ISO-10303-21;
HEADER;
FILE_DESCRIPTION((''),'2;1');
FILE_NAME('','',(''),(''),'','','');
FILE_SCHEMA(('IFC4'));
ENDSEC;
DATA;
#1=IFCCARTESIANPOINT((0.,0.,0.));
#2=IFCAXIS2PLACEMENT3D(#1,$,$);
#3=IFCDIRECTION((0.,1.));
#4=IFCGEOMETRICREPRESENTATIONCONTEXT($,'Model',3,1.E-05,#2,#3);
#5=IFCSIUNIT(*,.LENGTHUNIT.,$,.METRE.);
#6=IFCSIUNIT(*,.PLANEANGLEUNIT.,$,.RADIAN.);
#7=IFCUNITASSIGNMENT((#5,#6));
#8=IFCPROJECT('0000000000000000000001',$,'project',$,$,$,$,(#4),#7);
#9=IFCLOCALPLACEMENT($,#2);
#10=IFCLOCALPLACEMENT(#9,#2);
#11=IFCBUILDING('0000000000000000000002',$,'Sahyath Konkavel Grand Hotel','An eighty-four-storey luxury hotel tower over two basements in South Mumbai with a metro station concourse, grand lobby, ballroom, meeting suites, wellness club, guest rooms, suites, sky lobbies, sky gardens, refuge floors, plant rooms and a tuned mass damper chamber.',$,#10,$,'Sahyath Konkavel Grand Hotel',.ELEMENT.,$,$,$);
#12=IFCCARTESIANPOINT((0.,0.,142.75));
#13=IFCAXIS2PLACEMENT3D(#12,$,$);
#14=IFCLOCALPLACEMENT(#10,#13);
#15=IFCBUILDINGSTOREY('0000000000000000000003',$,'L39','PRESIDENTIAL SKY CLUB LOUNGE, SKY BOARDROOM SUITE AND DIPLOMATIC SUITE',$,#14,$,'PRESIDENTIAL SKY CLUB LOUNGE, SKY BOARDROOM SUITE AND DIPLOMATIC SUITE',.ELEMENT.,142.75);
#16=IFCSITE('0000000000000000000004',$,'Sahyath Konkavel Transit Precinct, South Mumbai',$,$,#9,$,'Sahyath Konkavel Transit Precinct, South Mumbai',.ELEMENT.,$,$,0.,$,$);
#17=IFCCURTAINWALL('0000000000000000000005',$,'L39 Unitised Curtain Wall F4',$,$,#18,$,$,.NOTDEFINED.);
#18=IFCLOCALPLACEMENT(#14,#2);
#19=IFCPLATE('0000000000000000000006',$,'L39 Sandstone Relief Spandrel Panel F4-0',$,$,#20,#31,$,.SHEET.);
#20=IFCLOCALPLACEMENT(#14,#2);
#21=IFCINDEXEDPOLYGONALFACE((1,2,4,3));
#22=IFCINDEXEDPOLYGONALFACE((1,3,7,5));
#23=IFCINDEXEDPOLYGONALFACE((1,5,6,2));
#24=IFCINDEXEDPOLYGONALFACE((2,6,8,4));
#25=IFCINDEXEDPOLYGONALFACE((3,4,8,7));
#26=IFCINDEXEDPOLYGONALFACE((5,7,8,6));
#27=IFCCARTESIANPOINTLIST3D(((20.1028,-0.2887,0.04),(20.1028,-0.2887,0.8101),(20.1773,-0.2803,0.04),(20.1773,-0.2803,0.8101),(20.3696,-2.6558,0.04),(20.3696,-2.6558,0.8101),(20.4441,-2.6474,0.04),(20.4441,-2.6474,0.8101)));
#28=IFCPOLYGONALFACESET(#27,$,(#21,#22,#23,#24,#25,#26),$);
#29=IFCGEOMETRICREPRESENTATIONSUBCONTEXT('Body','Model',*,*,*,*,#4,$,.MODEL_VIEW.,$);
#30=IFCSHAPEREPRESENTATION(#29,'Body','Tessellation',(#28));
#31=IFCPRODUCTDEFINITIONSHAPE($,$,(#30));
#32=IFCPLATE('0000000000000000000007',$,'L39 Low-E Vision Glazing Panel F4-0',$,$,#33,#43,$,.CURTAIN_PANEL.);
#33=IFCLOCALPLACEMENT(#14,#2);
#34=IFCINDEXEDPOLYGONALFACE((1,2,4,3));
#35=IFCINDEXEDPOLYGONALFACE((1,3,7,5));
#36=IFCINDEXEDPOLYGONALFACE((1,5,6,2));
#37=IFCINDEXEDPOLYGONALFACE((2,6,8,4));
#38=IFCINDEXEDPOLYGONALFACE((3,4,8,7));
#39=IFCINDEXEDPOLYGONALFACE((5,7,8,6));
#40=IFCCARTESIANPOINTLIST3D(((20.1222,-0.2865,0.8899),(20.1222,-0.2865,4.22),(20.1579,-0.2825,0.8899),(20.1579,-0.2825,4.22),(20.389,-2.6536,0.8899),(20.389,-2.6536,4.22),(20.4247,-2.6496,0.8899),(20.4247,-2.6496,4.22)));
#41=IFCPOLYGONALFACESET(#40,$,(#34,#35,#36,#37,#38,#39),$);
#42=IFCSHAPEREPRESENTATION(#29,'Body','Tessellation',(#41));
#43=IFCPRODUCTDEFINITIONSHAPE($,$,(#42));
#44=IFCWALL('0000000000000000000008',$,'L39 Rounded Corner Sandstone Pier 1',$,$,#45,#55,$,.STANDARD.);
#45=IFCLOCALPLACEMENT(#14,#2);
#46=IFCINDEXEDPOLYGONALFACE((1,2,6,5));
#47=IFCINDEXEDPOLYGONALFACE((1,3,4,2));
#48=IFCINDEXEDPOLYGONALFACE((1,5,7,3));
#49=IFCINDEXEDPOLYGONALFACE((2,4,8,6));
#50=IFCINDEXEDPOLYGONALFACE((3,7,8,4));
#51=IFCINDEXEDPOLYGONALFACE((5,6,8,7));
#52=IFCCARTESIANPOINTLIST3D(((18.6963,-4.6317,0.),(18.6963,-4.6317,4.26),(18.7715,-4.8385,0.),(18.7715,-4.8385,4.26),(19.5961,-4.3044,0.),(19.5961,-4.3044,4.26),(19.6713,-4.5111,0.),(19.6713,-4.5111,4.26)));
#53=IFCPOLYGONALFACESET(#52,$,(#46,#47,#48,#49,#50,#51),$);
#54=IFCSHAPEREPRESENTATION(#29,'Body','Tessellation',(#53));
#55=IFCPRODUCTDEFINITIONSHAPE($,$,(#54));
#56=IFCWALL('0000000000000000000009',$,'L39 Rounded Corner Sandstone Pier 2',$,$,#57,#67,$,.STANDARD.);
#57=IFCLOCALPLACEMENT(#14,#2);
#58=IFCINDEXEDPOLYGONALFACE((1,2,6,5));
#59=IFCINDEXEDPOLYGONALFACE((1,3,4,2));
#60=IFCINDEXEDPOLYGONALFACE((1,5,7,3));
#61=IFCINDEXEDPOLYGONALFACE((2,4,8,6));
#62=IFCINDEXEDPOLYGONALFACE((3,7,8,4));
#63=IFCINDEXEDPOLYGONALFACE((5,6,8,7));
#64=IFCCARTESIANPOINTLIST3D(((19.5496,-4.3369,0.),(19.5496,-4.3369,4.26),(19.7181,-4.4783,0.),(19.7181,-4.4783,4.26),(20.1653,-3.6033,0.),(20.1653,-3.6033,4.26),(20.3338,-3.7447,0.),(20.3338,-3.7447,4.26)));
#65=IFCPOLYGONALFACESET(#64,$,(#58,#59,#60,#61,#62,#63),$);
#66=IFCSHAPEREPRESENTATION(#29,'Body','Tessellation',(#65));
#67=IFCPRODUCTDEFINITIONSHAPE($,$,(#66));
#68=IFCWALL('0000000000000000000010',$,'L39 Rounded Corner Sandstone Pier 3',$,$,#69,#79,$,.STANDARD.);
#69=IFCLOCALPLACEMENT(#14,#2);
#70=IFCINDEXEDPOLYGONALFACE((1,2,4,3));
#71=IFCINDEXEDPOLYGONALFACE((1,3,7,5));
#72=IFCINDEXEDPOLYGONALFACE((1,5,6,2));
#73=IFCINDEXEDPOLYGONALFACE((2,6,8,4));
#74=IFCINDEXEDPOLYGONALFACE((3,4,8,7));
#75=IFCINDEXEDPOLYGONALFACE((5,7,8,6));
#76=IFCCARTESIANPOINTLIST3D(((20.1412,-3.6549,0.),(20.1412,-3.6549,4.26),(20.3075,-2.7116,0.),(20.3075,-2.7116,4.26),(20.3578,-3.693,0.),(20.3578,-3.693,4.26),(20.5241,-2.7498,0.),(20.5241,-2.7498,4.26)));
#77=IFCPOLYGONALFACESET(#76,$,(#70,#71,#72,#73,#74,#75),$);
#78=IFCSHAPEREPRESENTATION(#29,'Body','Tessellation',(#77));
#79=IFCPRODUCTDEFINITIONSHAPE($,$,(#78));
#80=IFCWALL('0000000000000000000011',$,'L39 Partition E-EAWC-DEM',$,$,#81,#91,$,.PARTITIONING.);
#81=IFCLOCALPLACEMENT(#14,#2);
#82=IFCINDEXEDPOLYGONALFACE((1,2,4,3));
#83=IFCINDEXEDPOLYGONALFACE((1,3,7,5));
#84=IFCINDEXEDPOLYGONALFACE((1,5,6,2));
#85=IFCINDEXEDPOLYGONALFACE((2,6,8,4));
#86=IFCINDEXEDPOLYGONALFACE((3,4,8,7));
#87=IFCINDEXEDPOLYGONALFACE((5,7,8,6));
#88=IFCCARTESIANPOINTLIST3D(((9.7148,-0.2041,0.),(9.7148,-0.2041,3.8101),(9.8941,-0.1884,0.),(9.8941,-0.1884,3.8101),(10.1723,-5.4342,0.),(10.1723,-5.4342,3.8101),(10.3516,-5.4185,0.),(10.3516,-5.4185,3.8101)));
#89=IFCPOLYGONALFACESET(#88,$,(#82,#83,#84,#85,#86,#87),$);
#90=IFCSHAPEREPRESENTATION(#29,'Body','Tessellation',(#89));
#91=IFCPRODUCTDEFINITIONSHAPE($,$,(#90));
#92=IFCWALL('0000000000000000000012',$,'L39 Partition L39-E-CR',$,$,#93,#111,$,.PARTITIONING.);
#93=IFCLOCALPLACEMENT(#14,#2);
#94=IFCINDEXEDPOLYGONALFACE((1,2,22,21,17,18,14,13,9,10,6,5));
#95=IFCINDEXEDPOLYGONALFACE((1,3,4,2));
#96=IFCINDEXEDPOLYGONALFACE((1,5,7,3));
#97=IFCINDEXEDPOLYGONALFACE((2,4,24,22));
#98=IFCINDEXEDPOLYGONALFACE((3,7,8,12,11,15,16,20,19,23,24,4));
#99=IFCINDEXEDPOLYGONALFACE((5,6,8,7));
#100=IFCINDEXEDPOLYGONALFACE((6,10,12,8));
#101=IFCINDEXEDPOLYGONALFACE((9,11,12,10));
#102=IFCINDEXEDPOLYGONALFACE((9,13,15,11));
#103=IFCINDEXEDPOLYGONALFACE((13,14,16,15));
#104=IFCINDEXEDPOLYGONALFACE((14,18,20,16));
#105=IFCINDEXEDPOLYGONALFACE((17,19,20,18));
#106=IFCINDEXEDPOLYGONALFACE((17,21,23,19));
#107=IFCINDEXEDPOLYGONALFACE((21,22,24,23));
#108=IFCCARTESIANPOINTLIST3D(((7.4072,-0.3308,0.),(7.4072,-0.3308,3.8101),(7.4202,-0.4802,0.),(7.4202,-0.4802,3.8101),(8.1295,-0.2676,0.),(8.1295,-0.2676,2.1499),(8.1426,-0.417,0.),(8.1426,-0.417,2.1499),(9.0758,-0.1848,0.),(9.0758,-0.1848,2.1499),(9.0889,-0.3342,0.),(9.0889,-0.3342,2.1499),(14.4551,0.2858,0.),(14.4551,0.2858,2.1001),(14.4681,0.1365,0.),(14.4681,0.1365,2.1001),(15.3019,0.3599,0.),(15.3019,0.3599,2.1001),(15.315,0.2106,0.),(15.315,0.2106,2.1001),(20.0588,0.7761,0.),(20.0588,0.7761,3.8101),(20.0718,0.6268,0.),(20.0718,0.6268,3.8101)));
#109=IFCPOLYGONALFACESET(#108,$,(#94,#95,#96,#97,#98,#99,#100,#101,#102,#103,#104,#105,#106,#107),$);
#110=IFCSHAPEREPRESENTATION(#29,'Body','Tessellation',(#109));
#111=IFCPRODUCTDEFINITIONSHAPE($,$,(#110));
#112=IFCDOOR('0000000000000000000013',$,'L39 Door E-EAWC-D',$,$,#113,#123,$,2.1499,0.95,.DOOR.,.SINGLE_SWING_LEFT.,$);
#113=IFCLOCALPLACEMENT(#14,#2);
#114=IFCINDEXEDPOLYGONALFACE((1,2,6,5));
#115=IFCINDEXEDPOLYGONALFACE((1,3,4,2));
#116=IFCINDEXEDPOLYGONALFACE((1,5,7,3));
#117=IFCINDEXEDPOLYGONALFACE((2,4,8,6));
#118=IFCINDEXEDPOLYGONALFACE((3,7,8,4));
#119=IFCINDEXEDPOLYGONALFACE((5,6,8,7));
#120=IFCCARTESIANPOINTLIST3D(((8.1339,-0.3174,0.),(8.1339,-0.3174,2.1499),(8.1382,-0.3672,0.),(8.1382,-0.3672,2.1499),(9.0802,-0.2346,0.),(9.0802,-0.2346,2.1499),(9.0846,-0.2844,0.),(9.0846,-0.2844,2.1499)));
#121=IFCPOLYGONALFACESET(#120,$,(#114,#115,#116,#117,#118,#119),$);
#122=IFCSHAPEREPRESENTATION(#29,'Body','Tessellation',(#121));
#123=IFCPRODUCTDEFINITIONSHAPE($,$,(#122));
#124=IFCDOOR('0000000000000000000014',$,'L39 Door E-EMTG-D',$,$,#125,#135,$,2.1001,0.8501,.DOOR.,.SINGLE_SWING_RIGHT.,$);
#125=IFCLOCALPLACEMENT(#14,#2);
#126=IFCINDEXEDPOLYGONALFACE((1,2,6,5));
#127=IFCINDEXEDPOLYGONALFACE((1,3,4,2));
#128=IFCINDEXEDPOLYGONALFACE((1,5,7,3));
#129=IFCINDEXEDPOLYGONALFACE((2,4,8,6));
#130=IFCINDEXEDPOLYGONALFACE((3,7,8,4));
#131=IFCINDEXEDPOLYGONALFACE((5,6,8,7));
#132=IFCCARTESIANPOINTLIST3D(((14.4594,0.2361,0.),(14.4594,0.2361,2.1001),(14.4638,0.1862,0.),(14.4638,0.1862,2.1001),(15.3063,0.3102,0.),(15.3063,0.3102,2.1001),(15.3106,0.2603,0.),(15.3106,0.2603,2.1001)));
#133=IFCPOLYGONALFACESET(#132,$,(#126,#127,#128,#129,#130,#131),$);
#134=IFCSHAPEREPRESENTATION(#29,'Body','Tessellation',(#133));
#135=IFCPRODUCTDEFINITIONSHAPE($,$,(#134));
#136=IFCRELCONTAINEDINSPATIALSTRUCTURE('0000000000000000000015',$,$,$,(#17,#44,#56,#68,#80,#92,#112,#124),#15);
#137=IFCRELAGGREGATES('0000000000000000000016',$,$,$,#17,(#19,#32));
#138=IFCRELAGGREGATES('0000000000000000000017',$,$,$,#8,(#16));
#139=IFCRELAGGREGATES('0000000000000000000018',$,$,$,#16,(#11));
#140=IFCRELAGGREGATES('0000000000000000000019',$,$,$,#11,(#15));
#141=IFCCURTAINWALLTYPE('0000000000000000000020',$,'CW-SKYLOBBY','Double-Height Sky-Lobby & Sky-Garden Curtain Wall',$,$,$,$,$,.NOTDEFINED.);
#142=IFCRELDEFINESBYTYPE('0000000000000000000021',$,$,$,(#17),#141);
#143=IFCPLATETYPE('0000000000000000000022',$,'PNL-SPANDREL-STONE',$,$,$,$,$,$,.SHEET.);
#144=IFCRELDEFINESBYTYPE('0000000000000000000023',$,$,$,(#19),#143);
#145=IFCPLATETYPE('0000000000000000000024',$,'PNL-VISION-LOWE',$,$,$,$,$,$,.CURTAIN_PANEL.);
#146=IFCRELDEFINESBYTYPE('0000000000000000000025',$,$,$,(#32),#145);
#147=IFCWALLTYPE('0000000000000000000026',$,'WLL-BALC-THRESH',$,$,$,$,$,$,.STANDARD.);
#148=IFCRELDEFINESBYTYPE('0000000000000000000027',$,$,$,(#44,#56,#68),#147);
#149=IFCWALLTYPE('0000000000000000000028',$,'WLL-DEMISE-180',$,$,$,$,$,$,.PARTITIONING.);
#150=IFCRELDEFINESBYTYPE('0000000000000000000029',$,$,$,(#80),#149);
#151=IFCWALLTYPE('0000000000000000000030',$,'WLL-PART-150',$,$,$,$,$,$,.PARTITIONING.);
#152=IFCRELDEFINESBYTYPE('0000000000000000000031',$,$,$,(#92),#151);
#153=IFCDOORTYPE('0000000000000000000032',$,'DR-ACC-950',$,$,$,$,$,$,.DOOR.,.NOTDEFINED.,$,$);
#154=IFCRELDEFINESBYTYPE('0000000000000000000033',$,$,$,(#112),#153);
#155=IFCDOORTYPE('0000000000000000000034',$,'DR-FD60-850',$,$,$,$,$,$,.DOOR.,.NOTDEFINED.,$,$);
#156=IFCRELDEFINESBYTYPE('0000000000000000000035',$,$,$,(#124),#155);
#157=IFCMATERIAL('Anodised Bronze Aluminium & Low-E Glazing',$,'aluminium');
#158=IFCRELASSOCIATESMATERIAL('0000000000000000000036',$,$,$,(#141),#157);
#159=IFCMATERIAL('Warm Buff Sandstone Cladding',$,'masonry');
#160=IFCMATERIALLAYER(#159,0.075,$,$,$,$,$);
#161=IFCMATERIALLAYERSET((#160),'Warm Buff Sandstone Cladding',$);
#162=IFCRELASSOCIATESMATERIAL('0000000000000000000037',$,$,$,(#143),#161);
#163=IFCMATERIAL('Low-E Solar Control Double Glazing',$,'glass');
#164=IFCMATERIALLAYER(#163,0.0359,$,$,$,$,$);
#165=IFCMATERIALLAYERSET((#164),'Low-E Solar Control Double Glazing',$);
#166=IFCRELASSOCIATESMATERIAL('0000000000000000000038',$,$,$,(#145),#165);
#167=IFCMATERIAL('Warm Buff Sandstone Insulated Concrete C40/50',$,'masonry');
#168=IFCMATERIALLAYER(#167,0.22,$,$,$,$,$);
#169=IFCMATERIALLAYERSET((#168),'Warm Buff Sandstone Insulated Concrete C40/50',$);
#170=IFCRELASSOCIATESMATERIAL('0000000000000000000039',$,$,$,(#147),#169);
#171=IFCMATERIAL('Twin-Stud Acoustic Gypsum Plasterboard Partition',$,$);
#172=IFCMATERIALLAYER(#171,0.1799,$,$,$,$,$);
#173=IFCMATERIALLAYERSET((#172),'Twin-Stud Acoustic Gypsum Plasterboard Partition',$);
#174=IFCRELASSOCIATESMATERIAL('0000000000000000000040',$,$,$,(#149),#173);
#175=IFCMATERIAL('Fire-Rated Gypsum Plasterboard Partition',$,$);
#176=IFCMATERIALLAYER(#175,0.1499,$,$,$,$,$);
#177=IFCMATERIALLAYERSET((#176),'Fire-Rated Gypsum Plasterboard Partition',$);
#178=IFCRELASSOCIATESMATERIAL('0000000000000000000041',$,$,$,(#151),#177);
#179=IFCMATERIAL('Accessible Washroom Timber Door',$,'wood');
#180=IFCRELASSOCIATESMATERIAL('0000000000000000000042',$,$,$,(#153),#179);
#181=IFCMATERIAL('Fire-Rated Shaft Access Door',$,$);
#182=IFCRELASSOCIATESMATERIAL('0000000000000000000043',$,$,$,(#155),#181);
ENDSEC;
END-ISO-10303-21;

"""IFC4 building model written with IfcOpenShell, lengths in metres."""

from ifc_helpers import new_model, si_unit, direction, frame, frame_2d, origin, origin_2d, place, context, subcontext, project, spatial, rectangle, extrude, source, transform, mapped, material, layer, layer_set, type_object, element, fill, aggregate, save


model = new_model("IFC4")

# Units and contexts
model_context = context("Model", 3, precision=1e-05, world=origin(), true_north=direction((0.0, 1.0)))
body_context = subcontext(model_context, "Body", "Model", "MODEL_VIEW")
ifc_project = project(units=[si_unit("LENGTHUNIT", "METRE"), si_unit("PLANEANGLEUNIT", "RADIAN")], contexts=[model_context])

# Site, building, storey
site_placement = place(None, origin())
site = spatial("IfcSite", under=ifc_project, at=site_placement, Name="Sahyath Konkavel Transit Precinct, South Mumbai", LongName="Sahyath Konkavel Transit Precinct, South Mumbai", CompositionType="ELEMENT", RefElevation=0.0)
building_placement = place(site_placement, origin())
building = spatial("IfcBuilding", under=site, at=building_placement, Name="Sahyath Konkavel Grand Hotel", Description="An eighty-four-storey luxury hotel tower over two basements in South Mumbai with a metro station concourse, grand lobby, ballroom, meeting suites, wellness club, guest rooms, suites, sky lobbies, sky gardens, refuge floors, plant rooms and a tuned mass damper chamber.", LongName="Sahyath Konkavel Grand Hotel", CompositionType="ELEMENT")
storey_placement = place(building_placement, frame((0.0, 0.0, 142.75)))
storey = spatial("IfcBuildingStorey", under=building, at=storey_placement, Name="L39", Description="PRESIDENTIAL SKY CLUB LOUNGE, SKY BOARDROOM SUITE AND DIPLOMATIC SUITE", LongName="PRESIDENTIAL SKY CLUB LOUNGE, SKY BOARDROOM SUITE AND DIPLOMATIC SUITE", CompositionType="ELEMENT", Elevation=142.75)

# Curtain wall
ifc_material_1 = material(Name="Anodised Bronze Aluminium & Low-E Glazing", Category="aluminium")
curtain_wall_type = type_object("IfcCurtainWallType", Name="CW-SKYLOBBY", Description="Double-Height Sky-Lobby & Sky-Garden Curtain Wall", PredefinedType="NOTDEFINED", material=ifc_material_1)
curtain_wall_placement = place(storey_placement, origin())
curtain_wall = element("IfcCurtainWall", 1, at=curtain_wall_placement, inside=storey, type_object=curtain_wall_type, Name="L39 Unitised Curtain Wall F4", PredefinedType="NOTDEFINED")

# Plates
ifc_material_2 = material(Name="Warm Buff Sandstone Cladding", Category="masonry")
ifc_layer_1 = layer(ifc_material_2, 0.075)
ifc_layer_set_1 = layer_set([ifc_layer_1], Name="Warm Buff Sandstone Cladding")
plate_type_1 = type_object("IfcPlateType", Name="PNL-SPANDREL-STONE", PredefinedType="SHEET", material=ifc_layer_set_1)
shared_shape_1 = source(origin(), body_context, "Body", "SweptSolid", [
    extrude(rectangle(XDim=2.3821, YDim=0.075, at=origin_2d()), origin(), (0.0, 0.0, 1.0), 0.77),
])
plate_1_placement = place(storey_placement, frame((20.2734, -1.468, 0.04), z_axis=(0.0, 0.0, 1.0), x_axis=(-0.111989, 0.993709, 0.0)))
plate_1 = element("IfcPlate", 2, at=plate_1_placement, type_object=plate_type_1, Name="L39 Sandstone Relief Spandrel Panel F4-0", PredefinedType="SHEET", context=body_context, shape_type="MappedRepresentation", body=[
    mapped(shared_shape_1, transform((0.0, 0.0, 0.0), scale=1.0)),
])
ifc_material_3 = material(Name="Low-E Solar Control Double Glazing", Category="glass")
ifc_layer_2 = layer(ifc_material_3, 0.0359)
ifc_layer_set_2 = layer_set([ifc_layer_2], Name="Low-E Solar Control Double Glazing")
plate_type_2 = type_object("IfcPlateType", Name="PNL-VISION-LOWE", PredefinedType="CURTAIN_PANEL", material=ifc_layer_set_2)
shared_shape_2 = source(origin(), body_context, "Body", "SweptSolid", [
    extrude(rectangle(XDim=2.3821, YDim=0.0359, at=origin_2d()), origin(), (0.0, 0.0, 1.0), 3.3301),
])
plate_2_placement = place(storey_placement, frame((20.2734, -1.468, 0.8899), z_axis=(0.0, 0.0, 1.0), x_axis=(-0.111989, 0.993709, 0.0)))
plate_2 = element("IfcPlate", 3, at=plate_2_placement, type_object=plate_type_2, Name="L39 Low-E Vision Glazing Panel F4-0", PredefinedType="CURTAIN_PANEL", context=body_context, shape_type="MappedRepresentation", body=[
    mapped(shared_shape_2, transform((0.0, 0.0, 0.0), scale=1.0)),
])
aggregate(curtain_wall, [plate_1, plate_2])

# Walls
ifc_material_4 = material(Name="Warm Buff Sandstone Insulated Concrete C40/50", Category="masonry")
ifc_layer_3 = layer(ifc_material_4, 0.22)
ifc_layer_set_3 = layer_set([ifc_layer_3], Name="Warm Buff Sandstone Insulated Concrete C40/50")
wall_type_1 = type_object("IfcWallType", Name="WLL-BALC-THRESH", PredefinedType="STANDARD", material=ifc_layer_set_3)
wall_1_placement = place(storey_placement, frame((18.7339, -4.7351, 0.0), z_axis=(0.0, 0.0, 1.0), x_axis=(0.939741, 0.341886, 0.0)))
element("IfcWall", 4, at=wall_1_placement, inside=storey, type_object=wall_type_1, Name="L39 Rounded Corner Sandstone Pier 1", PredefinedType="STANDARD", context=body_context, shape_type="SweptSolid", body=[
    extrude(rectangle(XDim=0.9575, YDim=0.22, at=frame_2d((0.4788, 0.0))), origin(), (0.0, 0.0, 1.0), 4.26),
])
for number, where, z_axis, x_axis, name in (
    (5, (19.6338, -4.4077, 0.0), (0.0, 0.0, 1.0), (0.642863, 0.765981, 0.0), "L39 Rounded Corner Sandstone Pier 2"),
    (6, (20.2495, -3.6741, 0.0), (0.0, 0.0, 1.0), (0.173611, 0.984814, 0.0), "L39 Rounded Corner Sandstone Pier 3"),
):
    element("IfcWall", number, at=place(storey_placement, frame(where, z_axis=z_axis, x_axis=x_axis)), inside=storey, type_object=wall_type_1, Name=name, PredefinedType="STANDARD", context=body_context, shape_type="SweptSolid", body=[
        extrude(rectangle(XDim=0.9578, YDim=0.22, at=frame_2d((0.479, 0.0))), origin(), (0.0, 0.0, 1.0), 4.26),
    ])
ifc_material_5 = material(Name="Twin-Stud Acoustic Gypsum Plasterboard Partition")
ifc_layer_4 = layer(ifc_material_5, 0.1799)
ifc_layer_set_4 = layer_set([ifc_layer_4], Name="Twin-Stud Acoustic Gypsum Plasterboard Partition")
wall_type_2 = type_object("IfcWallType", Name="WLL-DEMISE-180", PredefinedType="PARTITIONING", material=ifc_layer_set_4)
wall_2_placement = place(storey_placement, frame((9.8044, -0.1963, 0.0), z_axis=(0.0, 0.0, 1.0), x_axis=(0.087147, -0.996195, 0.0)))
element("IfcWall", 7, at=wall_2_placement, inside=storey, type_object=wall_type_2, Name="L39 Partition E-EAWC-DEM", PredefinedType="PARTITIONING", context=body_context, shape_type="SweptSolid", body=[
    extrude(rectangle(XDim=5.25, YDim=0.1799, at=frame_2d((2.625, 0.0))), origin(), (0.0, 0.0, 1.0), 3.8101),
])

# Wall, openings, doors
ifc_material_6 = material(Name="Fire-Rated Gypsum Plasterboard Partition")
ifc_layer_5 = layer(ifc_material_6, 0.1499)
ifc_layer_set_5 = layer_set([ifc_layer_5], Name="Fire-Rated Gypsum Plasterboard Partition")
wall_type_3 = type_object("IfcWallType", Name="WLL-PART-150", PredefinedType="PARTITIONING", material=ifc_layer_set_5)
wall_3_placement = place(storey_placement, frame((7.4136, -0.4055, 0.0), z_axis=(0.0, 0.0, 1.0), x_axis=(0.996194, 0.087161, 0.0)))
wall_3 = element("IfcWall", 8, at=wall_3_placement, inside=storey, type_object=wall_type_3, Name="L39 Partition L39-E-CR", PredefinedType="PARTITIONING", context=body_context, shape_type="SweptSolid", body=[
    extrude(rectangle(XDim=12.7, YDim=0.1499, at=frame_2d((6.3501, 0.0))), origin(), (0.0, 0.0, 1.0), 3.8101),
])
opening_1_placement = place(wall_3_placement, frame((0.7251, 0.0, 0.0)))
opening_1 = element("IfcOpeningElement", 9, at=opening_1_placement, cuts=wall_3, PredefinedType="OPENING", context=body_context, shape_type="SweptSolid", body=[
    extrude(rectangle(XDim=0.95, YDim=2.1499, at=frame_2d((0.4751, 1.075))), frame((0.0, 0.085, 0.0), z_axis=(0.0, -1.0, 0.0), x_axis=(1.0, 0.0, 0.0)), (0.0, 0.0, 1.0), 0.1699),
])
opening_2_placement = place(wall_3_placement, frame((7.075, 0.0, 0.0)))
opening_2 = element("IfcOpeningElement", 10, at=opening_2_placement, cuts=wall_3, PredefinedType="OPENING", context=body_context, shape_type="SweptSolid", body=[
    extrude(rectangle(XDim=0.8501, YDim=2.1001, at=frame_2d((0.425, 1.05))), frame((0.0, 0.085, 0.0), z_axis=(0.0, -1.0, 0.0), x_axis=(1.0, 0.0, 0.0)), (0.0, 0.0, 1.0), 0.1699),
])
ifc_material_7 = material(Name="Accessible Washroom Timber Door", Category="wood")
door_type_1 = type_object("IfcDoorType", Name="DR-ACC-950", OperationType="NOTDEFINED", PredefinedType="DOOR", material=ifc_material_7)
shared_shape_3 = source(origin(), body_context, "Body", "SweptSolid", [
    extrude(rectangle(XDim=0.95, YDim=0.05, at=origin_2d()), origin(), (0.0, 0.0, 1.0), 2.1499),
])
door_1_placement = place(opening_1_placement, frame((0.4751, 0.0, 0.0)))
door_1 = element("IfcDoor", 11, at=door_1_placement, inside=storey, type_object=door_type_1, Name="L39 Door E-EAWC-D", OperationType="SINGLE_SWING_LEFT", OverallHeight=2.1499, OverallWidth=0.95, PredefinedType="DOOR", context=body_context, shape_type="MappedRepresentation", body=[
    mapped(shared_shape_3, transform((0.0, 0.0, 0.0), scale=1.0)),
])
fill(opening_1, door_1)
ifc_material_8 = material(Name="Fire-Rated Shaft Access Door")
door_type_2 = type_object("IfcDoorType", Name="DR-FD60-850", OperationType="NOTDEFINED", PredefinedType="DOOR", material=ifc_material_8)
shared_shape_4 = source(origin(), body_context, "Body", "SweptSolid", [
    extrude(rectangle(XDim=0.8501, YDim=0.05, at=origin_2d()), origin(), (0.0, 0.0, 1.0), 2.1001),
])
door_2_placement = place(opening_2_placement, frame((0.425, 0.0, 0.0)))
door_2 = element("IfcDoor", 12, at=door_2_placement, inside=storey, type_object=door_type_2, Name="L39 Door E-EMTG-D", OperationType="SINGLE_SWING_RIGHT", OverallHeight=2.1001, OverallWidth=0.8501, PredefinedType="DOOR", context=body_context, shape_type="MappedRepresentation", body=[
    mapped(shared_shape_4, transform((0.0, 0.0, 0.0), scale=1.0)),
])
fill(opening_2, door_2)

save(model, "model.ifc")
